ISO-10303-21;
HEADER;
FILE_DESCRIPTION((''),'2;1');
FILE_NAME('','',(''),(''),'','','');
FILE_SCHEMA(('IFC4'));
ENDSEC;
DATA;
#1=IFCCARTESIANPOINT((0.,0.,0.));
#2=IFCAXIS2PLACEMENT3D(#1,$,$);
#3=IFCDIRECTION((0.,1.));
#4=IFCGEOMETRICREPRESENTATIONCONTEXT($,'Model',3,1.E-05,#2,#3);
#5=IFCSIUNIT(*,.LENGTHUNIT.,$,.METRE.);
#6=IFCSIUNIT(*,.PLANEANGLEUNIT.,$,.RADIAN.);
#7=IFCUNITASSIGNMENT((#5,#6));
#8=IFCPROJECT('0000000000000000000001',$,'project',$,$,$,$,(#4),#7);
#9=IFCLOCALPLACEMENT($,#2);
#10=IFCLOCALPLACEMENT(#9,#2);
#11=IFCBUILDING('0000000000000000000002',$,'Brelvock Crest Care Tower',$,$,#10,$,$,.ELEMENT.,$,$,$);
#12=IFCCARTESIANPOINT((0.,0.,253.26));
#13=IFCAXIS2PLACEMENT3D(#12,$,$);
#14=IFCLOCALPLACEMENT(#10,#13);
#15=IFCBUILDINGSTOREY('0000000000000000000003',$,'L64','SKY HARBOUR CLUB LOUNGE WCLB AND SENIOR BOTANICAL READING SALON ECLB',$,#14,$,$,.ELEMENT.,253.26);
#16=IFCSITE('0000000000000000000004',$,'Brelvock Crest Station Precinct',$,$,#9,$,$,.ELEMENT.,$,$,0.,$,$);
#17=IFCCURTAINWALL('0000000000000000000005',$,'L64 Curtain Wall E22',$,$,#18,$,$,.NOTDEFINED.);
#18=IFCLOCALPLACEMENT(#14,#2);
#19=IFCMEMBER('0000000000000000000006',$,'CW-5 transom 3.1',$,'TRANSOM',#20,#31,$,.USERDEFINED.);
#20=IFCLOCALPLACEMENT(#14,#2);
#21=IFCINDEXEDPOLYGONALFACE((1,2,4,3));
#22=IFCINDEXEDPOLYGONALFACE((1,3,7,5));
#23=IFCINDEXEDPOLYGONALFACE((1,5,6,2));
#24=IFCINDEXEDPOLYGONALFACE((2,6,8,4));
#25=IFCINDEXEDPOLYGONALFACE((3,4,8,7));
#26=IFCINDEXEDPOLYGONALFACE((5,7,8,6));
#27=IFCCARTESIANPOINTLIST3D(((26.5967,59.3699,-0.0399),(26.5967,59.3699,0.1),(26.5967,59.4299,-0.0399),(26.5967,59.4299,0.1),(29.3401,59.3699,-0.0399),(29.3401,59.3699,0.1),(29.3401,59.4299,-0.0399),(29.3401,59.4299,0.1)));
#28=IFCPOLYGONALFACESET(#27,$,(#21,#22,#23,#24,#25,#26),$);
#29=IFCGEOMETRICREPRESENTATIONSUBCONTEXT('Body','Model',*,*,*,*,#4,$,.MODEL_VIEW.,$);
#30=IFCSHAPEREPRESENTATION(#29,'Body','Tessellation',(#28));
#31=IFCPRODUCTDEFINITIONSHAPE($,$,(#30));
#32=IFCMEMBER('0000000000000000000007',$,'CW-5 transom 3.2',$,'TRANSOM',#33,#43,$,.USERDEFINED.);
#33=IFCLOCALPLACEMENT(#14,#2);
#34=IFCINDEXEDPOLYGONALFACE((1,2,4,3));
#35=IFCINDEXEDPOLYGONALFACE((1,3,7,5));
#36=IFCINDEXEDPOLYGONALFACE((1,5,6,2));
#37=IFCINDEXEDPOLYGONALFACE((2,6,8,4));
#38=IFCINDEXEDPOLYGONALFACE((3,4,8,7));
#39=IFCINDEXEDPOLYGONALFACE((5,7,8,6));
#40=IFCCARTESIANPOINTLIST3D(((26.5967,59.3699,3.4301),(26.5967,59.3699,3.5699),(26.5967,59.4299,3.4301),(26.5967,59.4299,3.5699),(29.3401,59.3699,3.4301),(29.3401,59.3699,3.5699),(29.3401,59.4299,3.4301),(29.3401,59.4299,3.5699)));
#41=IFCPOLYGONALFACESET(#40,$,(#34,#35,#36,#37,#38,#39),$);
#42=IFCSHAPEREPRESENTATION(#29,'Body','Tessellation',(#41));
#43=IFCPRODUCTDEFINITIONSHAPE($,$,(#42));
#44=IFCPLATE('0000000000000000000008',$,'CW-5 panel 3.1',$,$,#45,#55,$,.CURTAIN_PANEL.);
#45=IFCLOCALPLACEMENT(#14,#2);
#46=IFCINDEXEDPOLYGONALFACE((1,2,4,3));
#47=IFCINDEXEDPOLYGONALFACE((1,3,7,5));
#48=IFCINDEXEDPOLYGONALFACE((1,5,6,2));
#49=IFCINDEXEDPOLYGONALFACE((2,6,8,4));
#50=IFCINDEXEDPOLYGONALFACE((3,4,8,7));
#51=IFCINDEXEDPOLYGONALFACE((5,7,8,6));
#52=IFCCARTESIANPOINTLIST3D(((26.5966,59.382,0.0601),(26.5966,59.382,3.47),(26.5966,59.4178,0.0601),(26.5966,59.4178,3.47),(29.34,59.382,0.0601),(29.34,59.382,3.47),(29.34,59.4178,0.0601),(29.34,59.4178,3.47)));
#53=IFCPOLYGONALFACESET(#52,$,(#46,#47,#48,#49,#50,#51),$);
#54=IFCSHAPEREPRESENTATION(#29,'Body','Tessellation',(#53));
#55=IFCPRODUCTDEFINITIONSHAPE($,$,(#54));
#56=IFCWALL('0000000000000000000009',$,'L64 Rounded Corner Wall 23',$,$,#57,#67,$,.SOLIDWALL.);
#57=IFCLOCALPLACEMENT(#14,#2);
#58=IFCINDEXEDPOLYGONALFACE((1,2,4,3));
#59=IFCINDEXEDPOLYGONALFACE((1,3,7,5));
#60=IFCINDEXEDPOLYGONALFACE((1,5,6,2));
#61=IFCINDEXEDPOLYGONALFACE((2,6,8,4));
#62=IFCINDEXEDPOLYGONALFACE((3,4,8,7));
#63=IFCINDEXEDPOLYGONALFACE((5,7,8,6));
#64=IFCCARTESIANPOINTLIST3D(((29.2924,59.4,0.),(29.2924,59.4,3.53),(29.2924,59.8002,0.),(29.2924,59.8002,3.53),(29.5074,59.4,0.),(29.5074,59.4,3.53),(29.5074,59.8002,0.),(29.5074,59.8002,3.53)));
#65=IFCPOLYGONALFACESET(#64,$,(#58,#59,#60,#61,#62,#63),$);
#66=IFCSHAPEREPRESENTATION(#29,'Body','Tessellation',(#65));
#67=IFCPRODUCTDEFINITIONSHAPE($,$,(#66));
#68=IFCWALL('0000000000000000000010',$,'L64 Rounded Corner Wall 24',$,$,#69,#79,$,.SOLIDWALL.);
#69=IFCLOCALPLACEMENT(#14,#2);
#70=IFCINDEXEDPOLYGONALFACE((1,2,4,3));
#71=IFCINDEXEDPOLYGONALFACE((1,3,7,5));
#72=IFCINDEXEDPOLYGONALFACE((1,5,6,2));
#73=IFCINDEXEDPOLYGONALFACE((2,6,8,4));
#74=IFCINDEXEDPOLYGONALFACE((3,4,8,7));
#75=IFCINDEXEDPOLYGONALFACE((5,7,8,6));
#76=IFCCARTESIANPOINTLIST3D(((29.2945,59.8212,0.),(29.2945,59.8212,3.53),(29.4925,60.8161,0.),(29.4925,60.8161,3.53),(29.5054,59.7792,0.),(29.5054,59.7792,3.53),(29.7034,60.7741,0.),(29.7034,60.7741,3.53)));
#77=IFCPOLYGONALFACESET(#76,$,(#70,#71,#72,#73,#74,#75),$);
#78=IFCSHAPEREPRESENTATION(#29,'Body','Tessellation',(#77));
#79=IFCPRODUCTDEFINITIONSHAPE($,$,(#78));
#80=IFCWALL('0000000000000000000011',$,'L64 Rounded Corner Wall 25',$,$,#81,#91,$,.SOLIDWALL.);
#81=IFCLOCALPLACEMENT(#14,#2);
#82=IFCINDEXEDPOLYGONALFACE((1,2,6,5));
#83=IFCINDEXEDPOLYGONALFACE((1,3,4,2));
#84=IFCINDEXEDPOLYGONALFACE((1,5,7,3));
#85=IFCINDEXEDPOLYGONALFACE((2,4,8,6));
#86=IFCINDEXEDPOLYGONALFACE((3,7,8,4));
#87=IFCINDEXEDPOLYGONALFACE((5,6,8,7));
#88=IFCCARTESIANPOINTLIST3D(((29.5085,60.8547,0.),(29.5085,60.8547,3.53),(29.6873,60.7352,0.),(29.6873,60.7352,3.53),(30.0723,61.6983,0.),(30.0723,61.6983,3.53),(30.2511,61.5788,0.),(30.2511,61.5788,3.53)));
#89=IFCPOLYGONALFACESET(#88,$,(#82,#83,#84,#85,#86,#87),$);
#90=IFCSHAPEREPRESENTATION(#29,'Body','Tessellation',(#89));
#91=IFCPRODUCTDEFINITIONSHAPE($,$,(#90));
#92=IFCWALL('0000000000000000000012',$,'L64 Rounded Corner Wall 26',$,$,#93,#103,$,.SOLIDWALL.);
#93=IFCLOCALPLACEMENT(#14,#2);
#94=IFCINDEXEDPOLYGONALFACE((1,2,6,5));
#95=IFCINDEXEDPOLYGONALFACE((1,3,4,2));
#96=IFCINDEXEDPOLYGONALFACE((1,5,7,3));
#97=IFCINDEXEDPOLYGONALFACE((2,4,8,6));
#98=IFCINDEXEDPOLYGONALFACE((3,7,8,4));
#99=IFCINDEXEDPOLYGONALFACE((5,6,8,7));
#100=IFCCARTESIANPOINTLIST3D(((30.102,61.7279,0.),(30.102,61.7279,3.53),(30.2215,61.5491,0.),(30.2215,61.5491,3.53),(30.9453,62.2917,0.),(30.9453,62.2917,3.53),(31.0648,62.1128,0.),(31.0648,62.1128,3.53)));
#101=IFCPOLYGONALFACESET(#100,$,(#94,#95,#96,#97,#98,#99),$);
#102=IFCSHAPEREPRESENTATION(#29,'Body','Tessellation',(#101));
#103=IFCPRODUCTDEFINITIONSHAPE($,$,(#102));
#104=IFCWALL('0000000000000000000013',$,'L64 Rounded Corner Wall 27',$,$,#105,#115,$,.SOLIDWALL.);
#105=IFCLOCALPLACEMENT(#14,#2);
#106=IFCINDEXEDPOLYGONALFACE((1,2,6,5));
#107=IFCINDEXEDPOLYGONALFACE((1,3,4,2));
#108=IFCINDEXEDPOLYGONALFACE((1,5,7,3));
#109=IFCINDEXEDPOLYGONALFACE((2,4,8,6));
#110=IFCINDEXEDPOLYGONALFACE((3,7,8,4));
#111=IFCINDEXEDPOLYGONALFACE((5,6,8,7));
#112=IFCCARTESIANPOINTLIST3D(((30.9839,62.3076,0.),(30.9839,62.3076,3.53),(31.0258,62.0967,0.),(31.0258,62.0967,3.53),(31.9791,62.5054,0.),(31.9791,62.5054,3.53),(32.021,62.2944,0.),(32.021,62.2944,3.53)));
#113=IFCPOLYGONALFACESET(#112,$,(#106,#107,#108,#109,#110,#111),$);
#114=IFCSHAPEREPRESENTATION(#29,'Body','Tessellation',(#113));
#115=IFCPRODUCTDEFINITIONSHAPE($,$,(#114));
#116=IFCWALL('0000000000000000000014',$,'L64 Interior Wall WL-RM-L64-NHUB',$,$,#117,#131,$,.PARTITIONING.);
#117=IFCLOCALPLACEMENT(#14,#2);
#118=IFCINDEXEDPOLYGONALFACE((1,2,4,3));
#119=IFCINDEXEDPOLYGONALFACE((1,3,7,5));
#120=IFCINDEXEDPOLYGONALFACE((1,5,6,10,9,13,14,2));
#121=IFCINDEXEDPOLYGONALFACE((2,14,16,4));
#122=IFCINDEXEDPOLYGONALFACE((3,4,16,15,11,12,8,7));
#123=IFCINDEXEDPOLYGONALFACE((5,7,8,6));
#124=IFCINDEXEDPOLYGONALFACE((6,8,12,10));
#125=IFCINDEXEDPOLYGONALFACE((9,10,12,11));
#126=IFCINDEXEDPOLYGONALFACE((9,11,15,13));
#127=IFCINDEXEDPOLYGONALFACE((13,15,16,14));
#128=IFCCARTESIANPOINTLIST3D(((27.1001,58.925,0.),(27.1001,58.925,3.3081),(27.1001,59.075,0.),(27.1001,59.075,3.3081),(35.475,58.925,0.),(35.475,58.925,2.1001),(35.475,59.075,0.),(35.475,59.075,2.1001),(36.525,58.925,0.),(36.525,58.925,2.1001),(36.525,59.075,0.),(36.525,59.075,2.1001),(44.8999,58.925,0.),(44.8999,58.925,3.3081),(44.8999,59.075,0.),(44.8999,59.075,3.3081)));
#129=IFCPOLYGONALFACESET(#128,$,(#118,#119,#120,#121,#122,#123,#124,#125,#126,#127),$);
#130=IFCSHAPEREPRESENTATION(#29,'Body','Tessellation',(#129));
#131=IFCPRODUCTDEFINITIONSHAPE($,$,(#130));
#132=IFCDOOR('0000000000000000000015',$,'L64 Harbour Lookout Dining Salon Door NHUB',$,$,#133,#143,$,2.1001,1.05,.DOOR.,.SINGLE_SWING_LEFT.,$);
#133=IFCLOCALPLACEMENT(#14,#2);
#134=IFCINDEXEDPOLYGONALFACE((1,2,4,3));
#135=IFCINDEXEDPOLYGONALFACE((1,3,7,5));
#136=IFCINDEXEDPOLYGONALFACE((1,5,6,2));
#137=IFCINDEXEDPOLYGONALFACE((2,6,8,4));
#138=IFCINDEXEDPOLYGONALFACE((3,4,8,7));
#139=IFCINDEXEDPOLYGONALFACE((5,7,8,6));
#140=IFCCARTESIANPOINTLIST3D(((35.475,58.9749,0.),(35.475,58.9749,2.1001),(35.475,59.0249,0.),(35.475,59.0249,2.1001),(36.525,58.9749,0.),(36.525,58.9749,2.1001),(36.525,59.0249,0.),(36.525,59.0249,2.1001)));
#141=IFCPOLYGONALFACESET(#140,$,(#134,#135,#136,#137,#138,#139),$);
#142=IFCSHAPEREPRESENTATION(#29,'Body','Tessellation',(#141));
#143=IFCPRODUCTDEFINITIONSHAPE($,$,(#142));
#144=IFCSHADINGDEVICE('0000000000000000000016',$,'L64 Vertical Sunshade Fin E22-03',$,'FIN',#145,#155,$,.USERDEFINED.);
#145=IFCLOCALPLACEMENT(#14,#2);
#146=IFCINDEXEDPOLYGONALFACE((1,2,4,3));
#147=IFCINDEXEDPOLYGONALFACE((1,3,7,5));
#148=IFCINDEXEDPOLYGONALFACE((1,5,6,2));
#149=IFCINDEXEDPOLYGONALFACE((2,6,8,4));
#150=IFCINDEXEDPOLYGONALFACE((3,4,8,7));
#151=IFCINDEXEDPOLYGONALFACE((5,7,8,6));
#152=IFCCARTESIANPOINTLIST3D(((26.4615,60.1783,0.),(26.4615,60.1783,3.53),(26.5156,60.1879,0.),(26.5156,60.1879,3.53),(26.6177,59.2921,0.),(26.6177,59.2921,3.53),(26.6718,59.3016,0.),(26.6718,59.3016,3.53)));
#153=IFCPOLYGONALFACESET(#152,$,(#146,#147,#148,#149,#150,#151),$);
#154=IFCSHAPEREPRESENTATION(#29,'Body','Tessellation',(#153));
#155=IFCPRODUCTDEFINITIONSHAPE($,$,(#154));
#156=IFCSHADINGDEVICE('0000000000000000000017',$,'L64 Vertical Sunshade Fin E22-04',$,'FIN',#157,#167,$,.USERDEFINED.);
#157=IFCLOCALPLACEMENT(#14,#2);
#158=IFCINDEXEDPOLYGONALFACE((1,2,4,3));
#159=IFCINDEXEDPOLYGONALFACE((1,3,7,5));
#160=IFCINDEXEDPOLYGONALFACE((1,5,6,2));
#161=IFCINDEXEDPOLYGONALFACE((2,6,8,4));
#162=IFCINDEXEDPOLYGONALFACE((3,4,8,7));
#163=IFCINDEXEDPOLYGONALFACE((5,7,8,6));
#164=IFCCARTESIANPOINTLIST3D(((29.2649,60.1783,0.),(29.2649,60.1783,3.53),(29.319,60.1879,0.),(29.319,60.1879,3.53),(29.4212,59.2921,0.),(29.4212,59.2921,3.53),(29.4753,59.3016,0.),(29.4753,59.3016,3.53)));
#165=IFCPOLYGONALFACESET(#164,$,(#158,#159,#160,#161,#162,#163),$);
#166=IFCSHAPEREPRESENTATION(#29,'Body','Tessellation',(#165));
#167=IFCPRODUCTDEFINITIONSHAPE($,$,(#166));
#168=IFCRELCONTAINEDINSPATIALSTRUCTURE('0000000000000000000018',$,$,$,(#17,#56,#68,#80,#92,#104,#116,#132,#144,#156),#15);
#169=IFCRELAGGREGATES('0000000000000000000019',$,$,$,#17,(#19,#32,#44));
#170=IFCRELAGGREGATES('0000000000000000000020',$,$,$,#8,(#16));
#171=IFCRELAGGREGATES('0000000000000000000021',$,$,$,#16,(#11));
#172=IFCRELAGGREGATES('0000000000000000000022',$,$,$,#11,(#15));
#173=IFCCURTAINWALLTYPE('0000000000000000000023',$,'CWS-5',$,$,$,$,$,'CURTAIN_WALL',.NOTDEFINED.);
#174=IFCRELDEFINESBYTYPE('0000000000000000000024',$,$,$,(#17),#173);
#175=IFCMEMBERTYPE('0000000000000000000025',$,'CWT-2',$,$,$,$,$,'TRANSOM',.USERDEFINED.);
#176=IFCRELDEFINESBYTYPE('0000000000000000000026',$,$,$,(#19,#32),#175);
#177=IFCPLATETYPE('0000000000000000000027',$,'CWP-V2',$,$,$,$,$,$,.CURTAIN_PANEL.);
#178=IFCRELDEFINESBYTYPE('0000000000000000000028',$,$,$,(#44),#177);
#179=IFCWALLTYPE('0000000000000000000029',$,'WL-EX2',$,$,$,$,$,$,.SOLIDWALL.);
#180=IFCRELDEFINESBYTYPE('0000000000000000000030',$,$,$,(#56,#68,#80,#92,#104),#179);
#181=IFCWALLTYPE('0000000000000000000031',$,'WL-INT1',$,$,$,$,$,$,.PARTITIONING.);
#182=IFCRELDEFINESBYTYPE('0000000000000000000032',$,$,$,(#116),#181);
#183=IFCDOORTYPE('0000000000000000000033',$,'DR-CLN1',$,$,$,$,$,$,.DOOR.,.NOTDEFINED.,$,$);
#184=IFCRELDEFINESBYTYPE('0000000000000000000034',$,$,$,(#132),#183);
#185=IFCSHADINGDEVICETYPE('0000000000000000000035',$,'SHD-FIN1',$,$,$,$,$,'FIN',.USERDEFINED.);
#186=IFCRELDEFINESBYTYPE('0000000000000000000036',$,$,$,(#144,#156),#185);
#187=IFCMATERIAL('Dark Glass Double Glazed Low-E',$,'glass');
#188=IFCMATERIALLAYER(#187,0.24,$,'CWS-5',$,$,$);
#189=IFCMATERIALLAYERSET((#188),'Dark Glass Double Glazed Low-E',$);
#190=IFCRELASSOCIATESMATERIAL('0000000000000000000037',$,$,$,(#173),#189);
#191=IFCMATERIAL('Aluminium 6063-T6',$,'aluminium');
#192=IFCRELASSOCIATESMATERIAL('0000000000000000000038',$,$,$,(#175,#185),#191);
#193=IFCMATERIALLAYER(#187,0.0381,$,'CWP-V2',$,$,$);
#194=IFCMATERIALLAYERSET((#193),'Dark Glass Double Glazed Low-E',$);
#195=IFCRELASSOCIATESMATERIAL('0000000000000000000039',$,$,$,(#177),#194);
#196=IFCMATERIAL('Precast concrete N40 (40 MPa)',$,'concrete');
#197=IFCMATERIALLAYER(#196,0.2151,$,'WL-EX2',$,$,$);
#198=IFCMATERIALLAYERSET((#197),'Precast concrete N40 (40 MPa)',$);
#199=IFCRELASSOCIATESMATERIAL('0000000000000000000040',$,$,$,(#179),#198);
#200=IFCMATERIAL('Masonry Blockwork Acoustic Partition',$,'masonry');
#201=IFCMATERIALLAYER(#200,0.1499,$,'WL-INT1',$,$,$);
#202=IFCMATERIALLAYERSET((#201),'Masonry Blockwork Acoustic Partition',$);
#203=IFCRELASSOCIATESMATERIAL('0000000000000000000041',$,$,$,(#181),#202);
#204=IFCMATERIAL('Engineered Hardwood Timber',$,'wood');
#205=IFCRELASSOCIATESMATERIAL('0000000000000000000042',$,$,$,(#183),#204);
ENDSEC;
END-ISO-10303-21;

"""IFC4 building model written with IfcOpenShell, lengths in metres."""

from ifc_helpers import new_model, si_unit, direction, frame, frame_2d, origin, origin_2d, place, context, subcontext, project, spatial, rectangle, extrude, source, transform, mapped, material, layer, layer_set, material_profile, profile_set, type_object, element, fill, aggregate, save


model = new_model("IFC4")

# Units and contexts
model_context = context("Model", 3, precision=1e-05, world=origin(), true_north=direction((0.0, 1.0)))
body_context = subcontext(model_context, "Body", "Model", "MODEL_VIEW")
ifc_project = project(units=[si_unit("LENGTHUNIT", "METRE"), si_unit("PLANEANGLEUNIT", "RADIAN")], contexts=[model_context])

# Site, building, storey
site_placement = place(None, origin())
site = spatial("IfcSite", under=ifc_project, at=site_placement, Name="Brelvock Crest Station Precinct", CompositionType="ELEMENT", RefElevation=0.0)
building_placement = place(site_placement, origin())
building = spatial("IfcBuilding", under=site, at=building_placement, Name="Brelvock Crest Care Tower", CompositionType="ELEMENT")
storey_placement = place(building_placement, frame((0.0, 0.0, 253.26)))
storey = spatial("IfcBuildingStorey", under=building, at=storey_placement, Name="L64", Description="SKY HARBOUR CLUB LOUNGE WCLB AND SENIOR BOTANICAL READING SALON ECLB", CompositionType="ELEMENT", Elevation=253.26)

# Curtain wall, members, plate
ifc_material_1 = material(Name="Dark Glass Double Glazed Low-E", Category="glass")
ifc_layer_1 = layer(ifc_material_1, 0.24, Name="CWS-5")
ifc_layer_set_1 = layer_set([ifc_layer_1], Name="Dark Glass Double Glazed Low-E")
curtain_wall_type = type_object("IfcCurtainWallType", Name="CWS-5", ElementType="CURTAIN_WALL", PredefinedType="NOTDEFINED", material=ifc_layer_set_1)
curtain_wall_placement = place(storey_placement, origin())
curtain_wall = element("IfcCurtainWall", 1, at=curtain_wall_placement, inside=storey, type_object=curtain_wall_type, Name="L64 Curtain Wall E22", PredefinedType="NOTDEFINED")
ifc_material_2 = material(Name="Aluminium 6063-T6", Category="aluminium")
ifc_material_profile_1 = material_profile(ifc_material_2, rectangle(XDim=0.0601, YDim=0.1399, at=origin_2d()), Name="ALU60x140")
ifc_profile_set_1 = profile_set([ifc_material_profile_1], Name="Aluminium 6063-T6")
member_type_1 = type_object("IfcMemberType", Name="CWT-2", ElementType="TRANSOM", PredefinedType="USERDEFINED", material=ifc_profile_set_1)
shared_shape_1 = source(origin(), body_context, "Body", "SweptSolid", [
    extrude(rectangle(XDim=0.0601, YDim=0.1399, at=origin_2d()), origin(), (0.0, 0.0, 1.0), 2.7434),
])
member_1_placement = place(storey_placement, frame((26.5967, 59.3999, 0.03), z_axis=(1.0, 0.0, 0.0), x_axis=(0.0, 1.0, 0.0)))
member_1 = element("IfcMember", 2, at=member_1_placement, type_object=member_type_1, Name="CW-5 transom 3.1", ObjectType="TRANSOM", PredefinedType="USERDEFINED", context=body_context, shape_type="MappedRepresentation", body=[
    mapped(shared_shape_1, transform((0.0, 0.0, 0.0), x_axis=(1.0, 0.0, 0.0), y_axis=(0.0, 1.0, 0.0), z_axis=(0.0, 0.0, 1.0), scale=1.0)),
])
member_2_placement = place(storey_placement, frame((26.5967, 59.3999, 3.5), z_axis=(1.0, 0.0, 0.0), x_axis=(0.0, 1.0, 0.0)))
member_2 = element("IfcMember", 3, at=member_2_placement, type_object=member_type_1, Name="CW-5 transom 3.2", ObjectType="TRANSOM", PredefinedType="USERDEFINED", context=body_context, shape_type="MappedRepresentation", body=[
    mapped(shared_shape_1, transform((0.0, 0.0, 0.0), x_axis=(1.0, 0.0, 0.0), y_axis=(0.0, 1.0, 0.0), z_axis=(0.0, 0.0, 1.0), scale=1.0)),
])
ifc_layer_2 = layer(ifc_material_1, 0.0381, Name="CWP-V2")
ifc_layer_set_2 = layer_set([ifc_layer_2], Name="Dark Glass Double Glazed Low-E")
plate_type = type_object("IfcPlateType", Name="CWP-V2", PredefinedType="CURTAIN_PANEL", material=ifc_layer_set_2)
shared_shape_2 = source(origin(), body_context, "Body", "SweptSolid", [
    extrude(rectangle(XDim=2.7434, YDim=0.0359, at=origin_2d()), origin(), (0.0, 0.0, 1.0), 3.4099),
])
plate_placement = place(storey_placement, frame((27.9683, 59.3999, 0.0601), z_axis=(0.0, 0.0, 1.0), x_axis=(1.0, 0.0, 0.0)))
plate = element("IfcPlate", 4, at=plate_placement, type_object=plate_type, Name="CW-5 panel 3.1", PredefinedType="CURTAIN_PANEL", context=body_context, shape_type="MappedRepresentation", body=[
    mapped(shared_shape_2, transform((0.0, 0.0, 0.0), x_axis=(1.0, 0.0, 0.0), y_axis=(0.0, 1.0, 0.0), z_axis=(0.0, 0.0, 1.0), scale=1.0)),
])
aggregate(curtain_wall, [member_1, member_2, plate])

# Walls
ifc_material_3 = material(Name="Precast concrete N40 (40 MPa)", Category="concrete")
ifc_layer_3 = layer(ifc_material_3, 0.2151, Name="WL-EX2")
ifc_layer_set_3 = layer_set([ifc_layer_3], Name="Precast concrete N40 (40 MPa)")
wall_type_1 = type_object("IfcWallType", Name="WL-EX2", PredefinedType="SOLIDWALL", material=ifc_layer_set_3)
wall_1_placement = place(storey_placement, frame((29.3999, 59.3999, 0.0), z_axis=(0.0, 0.0, 1.0), x_axis=(0.0, 1.0, 0.0)))
element("IfcWall", 5, at=wall_1_placement, inside=storey, type_object=wall_type_1, Name="L64 Rounded Corner Wall 23", PredefinedType="SOLIDWALL", context=body_context, shape_type="SweptSolid", body=[
    extrude(rectangle(XDim=0.4001, YDim=0.2151, at=frame_2d((0.2002, 0.0))), origin(), (0.0, 0.0, 1.0), 3.53),
])
wall_2_placement = place(storey_placement, frame((29.3999, 59.8, 0.0), z_axis=(0.0, 0.0, 1.0), x_axis=(0.19519, 0.980765, 0.0)))
element("IfcWall", 6, at=wall_2_placement, inside=storey, type_object=wall_type_1, Name="L64 Rounded Corner Wall 24", PredefinedType="SOLIDWALL", context=body_context, shape_type="SweptSolid", body=[
    extrude(rectangle(XDim=1.0144, YDim=0.2151, at=frame_2d((0.5073, 0.0))), origin(), (0.0, 0.0, 1.0), 3.53),
])
wall_3_placement = place(storey_placement, frame((29.5979, 60.7949, 0.0), z_axis=(0.0, 0.0, 1.0), x_axis=(0.555644, 0.83142, 0.0)))
element("IfcWall", 7, at=wall_3_placement, inside=storey, type_object=wall_type_1, Name="L64 Rounded Corner Wall 25", PredefinedType="SOLIDWALL", context=body_context, shape_type="SweptSolid", body=[
    extrude(rectangle(XDim=1.0146, YDim=0.2151, at=frame_2d((0.5073, 0.0))), origin(), (0.0, 0.0, 1.0), 3.53),
])
wall_4_placement = place(storey_placement, frame((30.1616, 61.6384, 0.0), z_axis=(0.0, 0.0, 1.0), x_axis=(0.831346, 0.555755, 0.0)))
element("IfcWall", 8, at=wall_4_placement, inside=storey, type_object=wall_type_1, Name="L64 Rounded Corner Wall 26", PredefinedType="SOLIDWALL", context=body_context, shape_type="SweptSolid", body=[
    extrude(rectangle(XDim=1.0144, YDim=0.2151, at=frame_2d((0.5073, 0.0))), origin(), (0.0, 0.0, 1.0), 3.53),
])
wall_5_placement = place(storey_placement, frame((31.0049, 62.2021, 0.0), z_axis=(0.0, 0.0, 1.0), x_axis=(0.980821, 0.194913, 0.0)))
element("IfcWall", 9, at=wall_5_placement, inside=storey, type_object=wall_type_1, Name="L64 Rounded Corner Wall 27", PredefinedType="SOLIDWALL", context=body_context, shape_type="SweptSolid", body=[
    extrude(rectangle(XDim=1.0146, YDim=0.2151, at=frame_2d((0.5073, 0.0))), origin(), (0.0, 0.0, 1.0), 3.53),
])

# Wall, opening, door
ifc_material_4 = material(Name="Masonry Blockwork Acoustic Partition", Category="masonry")
ifc_layer_4 = layer(ifc_material_4, 0.1499, Name="WL-INT1")
ifc_layer_set_4 = layer_set([ifc_layer_4], Name="Masonry Blockwork Acoustic Partition")
wall_type_2 = type_object("IfcWallType", Name="WL-INT1", PredefinedType="PARTITIONING", material=ifc_layer_set_4)
wall_6_placement = place(storey_placement, frame((27.1001, 59.0, 0.0), z_axis=(0.0, 0.0, 1.0), x_axis=(1.0, 0.0, 0.0)))
wall_6 = element("IfcWall", 10, at=wall_6_placement, inside=storey, type_object=wall_type_2, Name="L64 Interior Wall WL-RM-L64-NHUB", PredefinedType="PARTITIONING", context=body_context, shape_type="SweptSolid", body=[
    extrude(rectangle(XDim=17.7998, YDim=0.1499, at=frame_2d((8.8999, 0.0))), origin(), (0.0, 0.0, 1.0), 3.3081),
])
opening_placement = place(wall_6_placement, frame((8.375, 0.0, 0.0)))
opening = element("IfcOpeningElement", 11, at=opening_placement, cuts=wall_6, PredefinedType="OPENING", context=body_context, shape_type="SweptSolid", body=[
    extrude(rectangle(XDim=1.05, YDim=2.1001, at=origin_2d()), frame((0.5249, 0.085, 1.05), z_axis=(0.0, -1.0, 0.0), x_axis=(1.0, 0.0, 0.0)), (0.0, 0.0, 1.0), 0.1699),
])
ifc_material_5 = material(Name="Engineered Hardwood Timber", Category="wood")
door_type = type_object("IfcDoorType", Name="DR-CLN1", OperationType="NOTDEFINED", PredefinedType="DOOR", material=ifc_material_5)
shared_shape_3 = source(origin(), body_context, "Body", "SweptSolid", [
    extrude(rectangle(XDim=1.05, YDim=2.1001, at=origin_2d()), frame((0.5249, 0.0249, 1.05), z_axis=(0.0, -1.0, 0.0), x_axis=(1.0, 0.0, 0.0)), (0.0, 0.0, 1.0), 0.05),
])
door_placement = place(opening_placement, origin())
door = element("IfcDoor", 12, at=door_placement, inside=storey, type_object=door_type, Name="L64 Harbour Lookout Dining Salon Door NHUB", OperationType="SINGLE_SWING_LEFT", OverallHeight=2.1001, OverallWidth=1.05, PredefinedType="DOOR", context=body_context, shape_type="MappedRepresentation", body=[
    mapped(shared_shape_3, transform((0.0, 0.0, 0.0), x_axis=(1.0, 0.0, 0.0), y_axis=(0.0, 1.0, 0.0), z_axis=(0.0, 0.0, 1.0), scale=1.0)),
])
fill(opening, door)

# Shading devices
ifc_material_profile_2 = material_profile(ifc_material_2, rectangle(XDim=0.0549, YDim=0.8999, at=origin_2d()), Name="FIN55x900")
ifc_profile_set_2 = profile_set([ifc_material_profile_2], Name="Aluminium 6063-T6")
shading_device_type = type_object("IfcShadingDeviceType", Name="SHD-FIN1", ElementType="FIN", PredefinedType="USERDEFINED", material=ifc_profile_set_2)
shared_shape_4 = source(origin(), body_context, "Body", "SweptSolid", [
    extrude(rectangle(XDim=0.0549, YDim=0.8999, at=origin_2d()), origin(), (0.0, 0.0, 1.0), 3.53),
])
for number, where, z_axis, x_axis, name in (
    (13, (26.5667, 59.74, 0.0), (0.0, 0.0, 1.0), (0.984808, 0.173648, 0.0), "L64 Vertical Sunshade Fin E22-03"),
    (14, (29.3701, 59.74, 0.0), (0.0, 0.0, 1.0), (0.984808, 0.173648, 0.0), "L64 Vertical Sunshade Fin E22-04"),
):
    element("IfcShadingDevice", number, at=place(storey_placement, frame(where, z_axis=z_axis, x_axis=x_axis)), inside=storey, type_object=shading_device_type, Name=name, ObjectType="FIN", PredefinedType="USERDEFINED", context=body_context, shape_type="MappedRepresentation", body=[
        mapped(shared_shape_4, transform((0.0, 0.0, 0.0), x_axis=(1.0, 0.0, 0.0), y_axis=(0.0, 1.0, 0.0), z_axis=(0.0, 0.0, 1.0), scale=1.0)),
    ])

save(model, "model.ifc")
